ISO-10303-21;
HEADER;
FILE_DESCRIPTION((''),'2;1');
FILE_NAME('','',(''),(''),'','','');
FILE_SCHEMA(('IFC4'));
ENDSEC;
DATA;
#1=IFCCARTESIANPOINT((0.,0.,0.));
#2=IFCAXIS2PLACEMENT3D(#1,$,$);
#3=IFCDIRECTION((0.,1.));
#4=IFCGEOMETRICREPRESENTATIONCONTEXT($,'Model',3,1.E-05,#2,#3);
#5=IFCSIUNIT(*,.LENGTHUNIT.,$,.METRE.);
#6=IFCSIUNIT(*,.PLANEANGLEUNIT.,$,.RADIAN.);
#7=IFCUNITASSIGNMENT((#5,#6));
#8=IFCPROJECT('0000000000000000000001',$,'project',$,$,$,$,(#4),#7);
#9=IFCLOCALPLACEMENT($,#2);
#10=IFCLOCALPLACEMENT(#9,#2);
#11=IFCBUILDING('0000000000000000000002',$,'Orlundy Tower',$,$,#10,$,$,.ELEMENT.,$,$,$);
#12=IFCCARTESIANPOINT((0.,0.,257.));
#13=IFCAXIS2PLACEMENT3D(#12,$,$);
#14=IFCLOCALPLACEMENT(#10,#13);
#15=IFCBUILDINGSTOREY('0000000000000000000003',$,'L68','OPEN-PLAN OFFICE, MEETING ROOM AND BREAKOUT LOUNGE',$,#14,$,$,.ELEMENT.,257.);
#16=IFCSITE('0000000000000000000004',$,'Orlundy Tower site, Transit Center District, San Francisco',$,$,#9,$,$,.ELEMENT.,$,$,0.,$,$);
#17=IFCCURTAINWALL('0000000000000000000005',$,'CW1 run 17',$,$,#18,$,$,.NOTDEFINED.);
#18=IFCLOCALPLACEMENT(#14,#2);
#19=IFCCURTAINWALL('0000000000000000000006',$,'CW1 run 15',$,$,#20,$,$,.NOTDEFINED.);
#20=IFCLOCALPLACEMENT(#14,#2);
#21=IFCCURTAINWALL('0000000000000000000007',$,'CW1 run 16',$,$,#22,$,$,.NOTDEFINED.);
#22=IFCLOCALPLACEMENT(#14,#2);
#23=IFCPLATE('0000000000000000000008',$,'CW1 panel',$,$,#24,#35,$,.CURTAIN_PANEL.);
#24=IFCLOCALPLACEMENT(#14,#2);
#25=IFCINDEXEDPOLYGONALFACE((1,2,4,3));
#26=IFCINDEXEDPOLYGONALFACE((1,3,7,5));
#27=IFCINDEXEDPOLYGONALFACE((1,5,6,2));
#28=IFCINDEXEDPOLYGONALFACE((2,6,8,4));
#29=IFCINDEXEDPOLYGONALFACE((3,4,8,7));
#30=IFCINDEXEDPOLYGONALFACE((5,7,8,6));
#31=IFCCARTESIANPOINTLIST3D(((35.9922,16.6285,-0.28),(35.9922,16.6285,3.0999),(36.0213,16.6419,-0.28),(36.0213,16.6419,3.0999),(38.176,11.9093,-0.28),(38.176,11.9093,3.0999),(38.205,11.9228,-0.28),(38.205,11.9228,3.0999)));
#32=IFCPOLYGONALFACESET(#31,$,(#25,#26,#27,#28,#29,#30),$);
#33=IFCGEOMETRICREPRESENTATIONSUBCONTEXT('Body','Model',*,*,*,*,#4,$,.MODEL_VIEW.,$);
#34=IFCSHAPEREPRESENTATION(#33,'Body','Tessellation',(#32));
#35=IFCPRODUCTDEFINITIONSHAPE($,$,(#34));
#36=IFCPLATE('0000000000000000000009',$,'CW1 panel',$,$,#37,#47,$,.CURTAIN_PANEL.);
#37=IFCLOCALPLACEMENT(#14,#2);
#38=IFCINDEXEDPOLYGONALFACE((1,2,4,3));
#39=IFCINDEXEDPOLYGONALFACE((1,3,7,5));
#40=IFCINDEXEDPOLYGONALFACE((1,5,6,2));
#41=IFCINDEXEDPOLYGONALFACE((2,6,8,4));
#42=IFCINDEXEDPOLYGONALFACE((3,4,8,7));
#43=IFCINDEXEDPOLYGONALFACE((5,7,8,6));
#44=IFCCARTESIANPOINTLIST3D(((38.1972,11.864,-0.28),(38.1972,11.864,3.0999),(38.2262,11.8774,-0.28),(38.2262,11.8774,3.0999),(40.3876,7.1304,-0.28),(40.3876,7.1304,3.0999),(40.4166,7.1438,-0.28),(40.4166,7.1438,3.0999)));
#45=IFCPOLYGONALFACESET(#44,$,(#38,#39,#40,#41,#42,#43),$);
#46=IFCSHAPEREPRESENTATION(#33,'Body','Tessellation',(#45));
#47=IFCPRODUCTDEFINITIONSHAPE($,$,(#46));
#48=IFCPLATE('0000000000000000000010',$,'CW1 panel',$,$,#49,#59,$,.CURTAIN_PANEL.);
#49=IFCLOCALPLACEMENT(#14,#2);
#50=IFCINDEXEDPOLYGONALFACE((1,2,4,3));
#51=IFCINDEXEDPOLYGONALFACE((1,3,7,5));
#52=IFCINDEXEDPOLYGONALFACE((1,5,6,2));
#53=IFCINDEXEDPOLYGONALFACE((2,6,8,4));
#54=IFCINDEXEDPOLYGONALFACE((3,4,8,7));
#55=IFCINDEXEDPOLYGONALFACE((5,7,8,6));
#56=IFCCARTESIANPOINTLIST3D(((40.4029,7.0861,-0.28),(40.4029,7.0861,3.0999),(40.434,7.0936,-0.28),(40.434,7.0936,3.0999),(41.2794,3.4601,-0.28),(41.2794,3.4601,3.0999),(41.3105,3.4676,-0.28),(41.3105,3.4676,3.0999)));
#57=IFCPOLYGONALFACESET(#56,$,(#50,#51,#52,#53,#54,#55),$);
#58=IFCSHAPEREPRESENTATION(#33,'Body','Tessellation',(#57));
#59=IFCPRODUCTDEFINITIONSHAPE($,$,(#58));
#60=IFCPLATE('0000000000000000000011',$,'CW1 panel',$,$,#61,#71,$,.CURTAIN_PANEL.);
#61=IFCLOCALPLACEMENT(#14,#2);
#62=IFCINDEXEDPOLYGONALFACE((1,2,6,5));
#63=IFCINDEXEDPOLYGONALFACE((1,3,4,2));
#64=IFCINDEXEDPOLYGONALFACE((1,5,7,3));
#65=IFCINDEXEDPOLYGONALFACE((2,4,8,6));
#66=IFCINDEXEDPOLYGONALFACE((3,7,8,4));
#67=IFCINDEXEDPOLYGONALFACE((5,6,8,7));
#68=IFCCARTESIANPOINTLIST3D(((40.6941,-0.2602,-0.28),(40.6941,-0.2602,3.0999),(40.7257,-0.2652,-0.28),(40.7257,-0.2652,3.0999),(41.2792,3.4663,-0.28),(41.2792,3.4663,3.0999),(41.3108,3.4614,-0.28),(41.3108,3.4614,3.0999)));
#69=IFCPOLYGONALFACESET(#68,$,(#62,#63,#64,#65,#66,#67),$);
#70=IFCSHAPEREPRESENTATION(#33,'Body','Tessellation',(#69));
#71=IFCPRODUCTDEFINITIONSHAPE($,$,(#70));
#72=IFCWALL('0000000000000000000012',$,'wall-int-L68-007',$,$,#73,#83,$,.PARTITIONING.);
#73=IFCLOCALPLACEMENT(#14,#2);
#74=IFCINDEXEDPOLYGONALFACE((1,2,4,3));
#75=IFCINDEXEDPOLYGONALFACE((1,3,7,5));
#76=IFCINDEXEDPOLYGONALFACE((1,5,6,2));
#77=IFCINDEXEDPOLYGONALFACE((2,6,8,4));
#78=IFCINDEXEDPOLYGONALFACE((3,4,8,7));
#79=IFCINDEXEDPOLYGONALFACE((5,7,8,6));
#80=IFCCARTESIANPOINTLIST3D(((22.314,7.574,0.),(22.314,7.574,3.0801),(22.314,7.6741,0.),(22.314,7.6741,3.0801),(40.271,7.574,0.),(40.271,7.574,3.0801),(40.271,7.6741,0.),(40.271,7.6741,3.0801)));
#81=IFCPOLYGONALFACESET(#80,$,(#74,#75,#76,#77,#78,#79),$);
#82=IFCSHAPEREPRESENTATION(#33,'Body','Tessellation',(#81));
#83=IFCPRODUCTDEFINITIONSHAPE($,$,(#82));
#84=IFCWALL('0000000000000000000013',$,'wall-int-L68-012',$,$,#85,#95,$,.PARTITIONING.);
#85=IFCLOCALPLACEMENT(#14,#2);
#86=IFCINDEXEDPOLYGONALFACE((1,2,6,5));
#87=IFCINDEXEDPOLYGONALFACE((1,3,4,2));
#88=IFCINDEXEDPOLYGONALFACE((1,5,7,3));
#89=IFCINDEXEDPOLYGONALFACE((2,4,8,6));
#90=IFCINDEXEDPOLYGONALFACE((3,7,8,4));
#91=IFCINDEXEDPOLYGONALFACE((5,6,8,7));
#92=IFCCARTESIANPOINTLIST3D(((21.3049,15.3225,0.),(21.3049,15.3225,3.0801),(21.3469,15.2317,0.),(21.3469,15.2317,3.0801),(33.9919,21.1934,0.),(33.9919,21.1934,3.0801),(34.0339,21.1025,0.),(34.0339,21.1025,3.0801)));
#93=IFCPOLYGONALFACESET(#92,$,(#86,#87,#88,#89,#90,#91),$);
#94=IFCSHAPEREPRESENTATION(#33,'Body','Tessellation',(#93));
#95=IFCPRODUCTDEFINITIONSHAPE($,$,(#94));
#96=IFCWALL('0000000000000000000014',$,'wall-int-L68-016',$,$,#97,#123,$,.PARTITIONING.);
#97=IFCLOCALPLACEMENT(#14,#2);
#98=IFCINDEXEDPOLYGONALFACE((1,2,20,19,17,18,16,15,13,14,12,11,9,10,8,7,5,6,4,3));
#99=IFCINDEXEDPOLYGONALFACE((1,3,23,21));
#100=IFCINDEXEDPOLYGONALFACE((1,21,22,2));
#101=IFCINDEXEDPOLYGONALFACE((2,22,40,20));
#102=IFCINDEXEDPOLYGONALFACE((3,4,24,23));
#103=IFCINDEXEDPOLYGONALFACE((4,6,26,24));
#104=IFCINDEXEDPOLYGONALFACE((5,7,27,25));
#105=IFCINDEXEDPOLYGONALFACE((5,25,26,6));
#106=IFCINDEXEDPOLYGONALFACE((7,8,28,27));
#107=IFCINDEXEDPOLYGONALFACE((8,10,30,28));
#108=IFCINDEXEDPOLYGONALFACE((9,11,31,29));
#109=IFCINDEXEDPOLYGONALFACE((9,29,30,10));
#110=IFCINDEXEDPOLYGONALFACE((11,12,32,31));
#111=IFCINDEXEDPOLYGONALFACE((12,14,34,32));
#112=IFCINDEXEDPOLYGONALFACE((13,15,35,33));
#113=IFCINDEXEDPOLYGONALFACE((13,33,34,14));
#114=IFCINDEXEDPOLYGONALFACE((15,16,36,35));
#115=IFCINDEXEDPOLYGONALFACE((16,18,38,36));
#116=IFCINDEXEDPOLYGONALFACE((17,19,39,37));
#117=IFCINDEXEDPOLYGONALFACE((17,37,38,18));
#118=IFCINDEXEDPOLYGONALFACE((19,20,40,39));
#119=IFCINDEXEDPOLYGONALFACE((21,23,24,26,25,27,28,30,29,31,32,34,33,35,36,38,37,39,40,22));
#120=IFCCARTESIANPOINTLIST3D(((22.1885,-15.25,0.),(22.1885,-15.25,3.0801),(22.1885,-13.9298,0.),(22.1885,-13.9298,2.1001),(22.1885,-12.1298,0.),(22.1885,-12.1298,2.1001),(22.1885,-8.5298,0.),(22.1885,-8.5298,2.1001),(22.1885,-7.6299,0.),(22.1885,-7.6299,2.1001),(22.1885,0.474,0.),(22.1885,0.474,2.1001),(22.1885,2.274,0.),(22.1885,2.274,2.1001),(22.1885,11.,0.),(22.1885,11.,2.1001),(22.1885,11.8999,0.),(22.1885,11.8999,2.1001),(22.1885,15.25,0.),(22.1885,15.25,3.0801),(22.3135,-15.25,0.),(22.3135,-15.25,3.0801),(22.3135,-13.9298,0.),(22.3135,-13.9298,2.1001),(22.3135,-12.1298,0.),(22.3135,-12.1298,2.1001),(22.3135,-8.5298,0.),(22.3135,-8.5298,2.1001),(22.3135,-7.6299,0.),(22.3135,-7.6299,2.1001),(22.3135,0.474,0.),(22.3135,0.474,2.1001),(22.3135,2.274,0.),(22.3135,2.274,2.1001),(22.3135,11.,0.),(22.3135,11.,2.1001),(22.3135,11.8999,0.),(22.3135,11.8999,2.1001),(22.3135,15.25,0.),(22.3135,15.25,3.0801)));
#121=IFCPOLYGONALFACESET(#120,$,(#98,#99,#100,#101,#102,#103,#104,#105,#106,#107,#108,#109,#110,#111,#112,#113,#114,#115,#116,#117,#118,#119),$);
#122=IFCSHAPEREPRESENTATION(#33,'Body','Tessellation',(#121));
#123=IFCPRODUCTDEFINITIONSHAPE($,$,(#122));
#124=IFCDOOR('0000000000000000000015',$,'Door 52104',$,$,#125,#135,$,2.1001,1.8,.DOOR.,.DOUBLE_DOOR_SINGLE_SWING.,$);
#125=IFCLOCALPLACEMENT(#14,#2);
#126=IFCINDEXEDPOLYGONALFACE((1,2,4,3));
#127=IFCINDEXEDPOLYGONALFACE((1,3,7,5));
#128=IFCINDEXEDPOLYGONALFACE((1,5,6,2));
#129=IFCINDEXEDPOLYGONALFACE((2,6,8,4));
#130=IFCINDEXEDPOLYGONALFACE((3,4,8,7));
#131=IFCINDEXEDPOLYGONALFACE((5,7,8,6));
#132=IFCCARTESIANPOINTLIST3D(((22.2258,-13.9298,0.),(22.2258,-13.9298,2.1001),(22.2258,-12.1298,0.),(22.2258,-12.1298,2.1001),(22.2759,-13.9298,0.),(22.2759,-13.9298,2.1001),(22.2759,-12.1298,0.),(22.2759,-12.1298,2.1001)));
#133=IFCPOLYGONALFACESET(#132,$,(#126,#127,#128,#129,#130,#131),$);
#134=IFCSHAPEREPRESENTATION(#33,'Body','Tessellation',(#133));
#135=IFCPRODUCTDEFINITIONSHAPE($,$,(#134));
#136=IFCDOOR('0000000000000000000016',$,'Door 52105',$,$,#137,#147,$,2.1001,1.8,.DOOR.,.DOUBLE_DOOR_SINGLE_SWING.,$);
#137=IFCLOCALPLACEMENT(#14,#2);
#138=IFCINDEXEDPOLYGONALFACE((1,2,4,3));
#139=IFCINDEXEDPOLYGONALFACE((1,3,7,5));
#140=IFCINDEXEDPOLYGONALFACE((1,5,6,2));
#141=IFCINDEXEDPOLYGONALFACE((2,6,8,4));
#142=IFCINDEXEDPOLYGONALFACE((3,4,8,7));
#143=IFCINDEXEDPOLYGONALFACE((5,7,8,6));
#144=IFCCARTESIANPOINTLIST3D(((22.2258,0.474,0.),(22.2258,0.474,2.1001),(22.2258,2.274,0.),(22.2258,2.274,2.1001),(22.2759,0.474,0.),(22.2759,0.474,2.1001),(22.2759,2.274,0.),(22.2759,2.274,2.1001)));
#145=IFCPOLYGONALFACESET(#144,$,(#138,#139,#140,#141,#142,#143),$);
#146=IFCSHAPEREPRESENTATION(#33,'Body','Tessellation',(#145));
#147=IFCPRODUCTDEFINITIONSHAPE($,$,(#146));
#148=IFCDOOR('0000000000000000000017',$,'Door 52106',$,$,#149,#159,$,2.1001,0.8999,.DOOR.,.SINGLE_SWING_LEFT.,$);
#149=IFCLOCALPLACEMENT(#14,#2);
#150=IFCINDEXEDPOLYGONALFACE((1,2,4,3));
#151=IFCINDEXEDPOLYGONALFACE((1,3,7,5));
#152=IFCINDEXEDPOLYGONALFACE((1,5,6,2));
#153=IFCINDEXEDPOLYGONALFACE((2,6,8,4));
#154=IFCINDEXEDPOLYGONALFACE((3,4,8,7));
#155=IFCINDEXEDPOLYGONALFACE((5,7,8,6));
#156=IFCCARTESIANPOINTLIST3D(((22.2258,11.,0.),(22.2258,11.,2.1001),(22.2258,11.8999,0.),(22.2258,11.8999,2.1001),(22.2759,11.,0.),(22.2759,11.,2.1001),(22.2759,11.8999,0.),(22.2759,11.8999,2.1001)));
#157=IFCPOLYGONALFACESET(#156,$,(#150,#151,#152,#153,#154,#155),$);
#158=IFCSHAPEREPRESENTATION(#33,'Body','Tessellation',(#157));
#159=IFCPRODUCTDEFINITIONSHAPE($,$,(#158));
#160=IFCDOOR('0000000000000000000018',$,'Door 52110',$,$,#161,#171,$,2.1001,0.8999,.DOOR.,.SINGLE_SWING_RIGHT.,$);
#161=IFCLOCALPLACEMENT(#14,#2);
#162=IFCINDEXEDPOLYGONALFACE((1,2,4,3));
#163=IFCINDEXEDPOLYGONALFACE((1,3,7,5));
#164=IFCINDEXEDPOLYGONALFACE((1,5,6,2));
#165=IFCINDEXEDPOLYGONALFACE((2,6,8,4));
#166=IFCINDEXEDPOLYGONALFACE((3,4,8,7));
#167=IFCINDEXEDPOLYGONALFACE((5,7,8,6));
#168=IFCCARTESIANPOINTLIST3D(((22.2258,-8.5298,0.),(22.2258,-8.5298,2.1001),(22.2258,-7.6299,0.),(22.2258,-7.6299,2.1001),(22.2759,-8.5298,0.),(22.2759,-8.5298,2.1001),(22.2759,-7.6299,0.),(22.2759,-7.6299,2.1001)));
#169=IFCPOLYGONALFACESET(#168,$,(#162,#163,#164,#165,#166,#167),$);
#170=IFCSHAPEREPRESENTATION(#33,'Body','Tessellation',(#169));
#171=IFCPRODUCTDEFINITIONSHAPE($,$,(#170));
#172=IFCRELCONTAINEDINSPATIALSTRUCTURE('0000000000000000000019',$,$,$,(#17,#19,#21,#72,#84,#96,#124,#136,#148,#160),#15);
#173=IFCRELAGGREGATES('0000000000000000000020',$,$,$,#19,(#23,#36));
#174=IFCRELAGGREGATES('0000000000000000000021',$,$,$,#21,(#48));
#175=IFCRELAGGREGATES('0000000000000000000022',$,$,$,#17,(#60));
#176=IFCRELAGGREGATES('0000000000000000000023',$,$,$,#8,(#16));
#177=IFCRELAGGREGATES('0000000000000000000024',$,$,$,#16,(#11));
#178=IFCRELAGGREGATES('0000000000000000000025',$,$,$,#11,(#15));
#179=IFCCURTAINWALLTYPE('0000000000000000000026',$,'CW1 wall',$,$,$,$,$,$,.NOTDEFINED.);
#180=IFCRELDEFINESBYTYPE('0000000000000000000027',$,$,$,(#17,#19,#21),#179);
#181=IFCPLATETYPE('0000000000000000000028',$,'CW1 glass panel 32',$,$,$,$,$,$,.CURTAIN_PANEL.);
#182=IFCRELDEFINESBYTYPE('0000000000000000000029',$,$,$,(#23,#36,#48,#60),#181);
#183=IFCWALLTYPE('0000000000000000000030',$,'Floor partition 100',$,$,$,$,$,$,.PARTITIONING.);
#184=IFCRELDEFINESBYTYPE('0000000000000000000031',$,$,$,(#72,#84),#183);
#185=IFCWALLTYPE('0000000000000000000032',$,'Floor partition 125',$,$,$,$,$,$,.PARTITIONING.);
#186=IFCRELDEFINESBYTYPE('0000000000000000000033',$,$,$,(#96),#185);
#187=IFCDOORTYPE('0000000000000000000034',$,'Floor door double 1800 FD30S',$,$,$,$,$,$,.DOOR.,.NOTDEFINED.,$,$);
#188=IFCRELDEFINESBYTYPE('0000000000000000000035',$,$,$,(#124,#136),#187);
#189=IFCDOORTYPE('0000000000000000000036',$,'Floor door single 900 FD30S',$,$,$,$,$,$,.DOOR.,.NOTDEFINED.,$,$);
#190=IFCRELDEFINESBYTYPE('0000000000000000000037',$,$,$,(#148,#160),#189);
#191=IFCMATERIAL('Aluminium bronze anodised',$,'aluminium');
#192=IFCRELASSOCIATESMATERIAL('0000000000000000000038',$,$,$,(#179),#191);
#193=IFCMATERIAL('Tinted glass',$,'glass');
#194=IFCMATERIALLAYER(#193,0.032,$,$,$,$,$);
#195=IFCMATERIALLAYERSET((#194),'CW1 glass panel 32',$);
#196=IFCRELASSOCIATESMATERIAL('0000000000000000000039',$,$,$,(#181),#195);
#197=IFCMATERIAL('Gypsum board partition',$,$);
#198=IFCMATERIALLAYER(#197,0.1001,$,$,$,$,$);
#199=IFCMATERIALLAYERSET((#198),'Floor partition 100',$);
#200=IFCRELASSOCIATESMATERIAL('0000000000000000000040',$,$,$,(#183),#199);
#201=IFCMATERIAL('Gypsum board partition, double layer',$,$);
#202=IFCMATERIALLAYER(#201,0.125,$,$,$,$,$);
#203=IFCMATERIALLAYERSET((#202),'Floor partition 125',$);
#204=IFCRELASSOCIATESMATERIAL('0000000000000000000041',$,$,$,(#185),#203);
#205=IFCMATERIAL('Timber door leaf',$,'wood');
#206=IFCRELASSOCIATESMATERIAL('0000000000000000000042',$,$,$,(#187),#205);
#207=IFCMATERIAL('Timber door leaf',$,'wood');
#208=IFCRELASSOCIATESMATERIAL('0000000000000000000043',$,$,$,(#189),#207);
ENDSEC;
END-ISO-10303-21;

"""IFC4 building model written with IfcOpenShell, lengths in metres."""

from ifc_helpers import new_model, si_unit, direction, frame, frame_2d, origin, origin_2d, place, context, subcontext, project, spatial, rectangle, extrude, material, layer, layer_set, type_object, element, fill, aggregate, save


model = new_model("IFC4")

# Units and contexts
model_context = context("Model", 3, precision=1e-05, world=origin(), true_north=direction((0.0, 1.0)))
body_context = subcontext(model_context, "Body", "Model", "MODEL_VIEW")
ifc_project = project(units=[si_unit("LENGTHUNIT", "METRE"), si_unit("PLANEANGLEUNIT", "RADIAN")], contexts=[model_context])

# Site, building, storey
site_placement = place(None, origin())
site = spatial("IfcSite", under=ifc_project, at=site_placement, Name="Orlundy Tower site, Transit Center District, San Francisco", CompositionType="ELEMENT", RefElevation=0.0)
building_placement = place(site_placement, origin())
building = spatial("IfcBuilding", under=site, at=building_placement, Name="Orlundy Tower", CompositionType="ELEMENT")
storey_placement = place(building_placement, frame((0.0, 0.0, 257.0)))
storey = spatial("IfcBuildingStorey", under=building, at=storey_placement, Name="L68", Description="OPEN-PLAN OFFICE, MEETING ROOM AND BREAKOUT LOUNGE", CompositionType="ELEMENT", Elevation=257.0)

# Curtain wall
ifc_material_1 = material(Name="Aluminium bronze anodised", Category="aluminium")
curtain_wall_type = type_object("IfcCurtainWallType", Name="CW1 wall", PredefinedType="NOTDEFINED", material=ifc_material_1)
curtain_wall_1_placement = place(storey_placement, origin())
curtain_wall_1 = element("IfcCurtainWall", 1, at=curtain_wall_1_placement, inside=storey, type_object=curtain_wall_type, Name="CW1 run 17", PredefinedType="NOTDEFINED")

# Curtain wall
curtain_wall_2_placement = place(storey_placement, origin())
curtain_wall_2 = element("IfcCurtainWall", 2, at=curtain_wall_2_placement, inside=storey, type_object=curtain_wall_type, Name="CW1 run 15", PredefinedType="NOTDEFINED")

# Curtain wall
curtain_wall_3_placement = place(storey_placement, origin())
curtain_wall_3 = element("IfcCurtainWall", 3, at=curtain_wall_3_placement, inside=storey, type_object=curtain_wall_type, Name="CW1 run 16", PredefinedType="NOTDEFINED")

# Plates
ifc_material_2 = material(Name="Tinted glass", Category="glass")
ifc_layer_1 = layer(ifc_material_2, 0.032)
ifc_layer_set_1 = layer_set([ifc_layer_1], Name="CW1 glass panel 32")
plate_type = type_object("IfcPlateType", Name="CW1 glass panel 32", PredefinedType="CURTAIN_PANEL", material=ifc_layer_set_1)
plate_1_placement = place(storey_placement, frame((37.0986, 14.2756, -0.28), z_axis=(0.0, 0.0, 1.0), x_axis=(0.419961, -0.907542, 0.0)))
plate_1 = element("IfcPlate", 4, at=plate_1_placement, type_object=plate_type, Name="CW1 panel", PredefinedType="CURTAIN_PANEL", context=body_context, shape_type="SweptSolid", body=[
    extrude(rectangle(XDim=5.2, YDim=0.032, at=origin_2d()), origin(), (0.0, 0.0, 1.0), 3.3799),
])
plate_2_placement = place(storey_placement, frame((39.3069, 9.5039, -0.28), z_axis=(0.0, 0.0, 1.0), x_axis=(0.419961, -0.907542, 0.0)))
plate_2 = element("IfcPlate", 5, at=plate_2_placement, type_object=plate_type, Name="CW1 panel", PredefinedType="CURTAIN_PANEL", context=body_context, shape_type="SweptSolid", body=[
    extrude(rectangle(XDim=5.2158, YDim=0.032, at=origin_2d()), origin(), (0.0, 0.0, 1.0), 3.3799),
])
aggregate(curtain_wall_2, [plate_1, plate_2])
plate_3_placement = place(storey_placement, frame((40.8567, 5.2769, -0.28), z_axis=(0.0, 0.0, 1.0), x_axis=(0.234975, -0.972002, 0.0)))
plate_3 = element("IfcPlate", 6, at=plate_3_placement, type_object=plate_type, Name="CW1 panel", PredefinedType="CURTAIN_PANEL", context=body_context, shape_type="SweptSolid", body=[
    extrude(rectangle(XDim=3.7305, YDim=0.032, at=origin_2d()), origin(), (0.0, 0.0, 1.0), 3.3799),
])
aggregate(curtain_wall_3, [plate_3])
plate_4_placement = place(storey_placement, frame((41.0024, 1.6006, -0.28), z_axis=(0.0, 0.0, 1.0), x_axis=(-0.155117, -0.987896, 0.0)))
plate_4 = element("IfcPlate", 7, at=plate_4_placement, type_object=plate_type, Name="CW1 panel", PredefinedType="CURTAIN_PANEL", context=body_context, shape_type="SweptSolid", body=[
    extrude(rectangle(XDim=3.7722, YDim=0.032, at=origin_2d()), origin(), (0.0, 0.0, 1.0), 3.3799),
])
aggregate(curtain_wall_1, [plate_4])

# Walls
ifc_material_3 = material(Name="Gypsum board partition")
ifc_layer_2 = layer(ifc_material_3, 0.1001)
ifc_layer_set_2 = layer_set([ifc_layer_2], Name="Floor partition 100")
wall_type_1 = type_object("IfcWallType", Name="Floor partition 100", PredefinedType="PARTITIONING", material=ifc_layer_set_2)
wall_1_placement = place(storey_placement, frame((22.314, 7.624, 0.0), z_axis=(0.0, 0.0, 1.0), x_axis=(1.0, 0.0, 0.0)))
element("IfcWall", 8, at=wall_1_placement, inside=storey, type_object=wall_type_1, Name="wall-int-L68-007", PredefinedType="PARTITIONING", context=body_context, shape_type="SweptSolid", body=[
    extrude(rectangle(XDim=17.957, YDim=0.1001, at=frame_2d((8.9785, 0.0))), origin(), (0.0, 0.0, 1.0), 3.0801),
])
wall_2_placement = place(storey_placement, frame((21.3259, 15.2771, 0.0), z_axis=(0.0, 0.0, 1.0), x_axis=(0.907542, 0.419961, 0.0)))
element("IfcWall", 9, at=wall_2_placement, inside=storey, type_object=wall_type_1, Name="wall-int-L68-012", PredefinedType="PARTITIONING", context=body_context, shape_type="SweptSolid", body=[
    extrude(rectangle(XDim=13.9795, YDim=0.1001, at=frame_2d((6.9897, 0.0))), origin(), (0.0, 0.0, 1.0), 3.0801),
])

# Wall, openings, doors
ifc_material_4 = material(Name="Gypsum board partition, double layer")
ifc_layer_3 = layer(ifc_material_4, 0.125)
ifc_layer_set_3 = layer_set([ifc_layer_3], Name="Floor partition 125")
wall_type_2 = type_object("IfcWallType", Name="Floor partition 125", PredefinedType="PARTITIONING", material=ifc_layer_set_3)
wall_3_placement = place(storey_placement, frame((22.251, 15.25, 0.0), z_axis=(0.0, 0.0, 1.0), x_axis=(0.0, -1.0, 0.0)))
wall_3 = element("IfcWall", 10, at=wall_3_placement, inside=storey, type_object=wall_type_2, Name="wall-int-L68-016", PredefinedType="PARTITIONING", context=body_context, shape_type="SweptSolid", body=[
    extrude(rectangle(XDim=30.5, YDim=0.125, at=frame_2d((15.25, 0.0))), origin(), (0.0, 0.0, 1.0), 3.0801),
])
opening_1_placement = place(wall_3_placement, frame((27.3799, 0.0, 0.0)))
opening_1 = element("IfcOpeningElement", 11, at=opening_1_placement, cuts=wall_3, PredefinedType="OPENING", context=body_context, shape_type="SweptSolid", body=[
    extrude(rectangle(XDim=1.8, YDim=2.1001, at=frame_2d((0.8999, 1.05))), frame((0.0, 0.0725, 0.0), z_axis=(0.0, -1.0, 0.0), x_axis=(1.0, 0.0, 0.0)), (0.0, 0.0, 1.0), 0.145),
])
opening_2_placement = place(wall_3_placement, frame((12.9761, 0.0, 0.0)))
opening_2 = element("IfcOpeningElement", 12, at=opening_2_placement, cuts=wall_3, PredefinedType="OPENING", context=body_context, shape_type="SweptSolid", body=[
    extrude(rectangle(XDim=1.8, YDim=2.1001, at=frame_2d((0.8999, 1.05))), frame((0.0, 0.0725, 0.0), z_axis=(0.0, -1.0, 0.0), x_axis=(1.0, 0.0, 0.0)), (0.0, 0.0, 1.0), 0.145),
])
opening_3_placement = place(wall_3_placement, frame((3.3501, 0.0, 0.0)))
opening_3 = element("IfcOpeningElement", 13, at=opening_3_placement, cuts=wall_3, PredefinedType="OPENING", context=body_context, shape_type="SweptSolid", body=[
    extrude(rectangle(XDim=0.8999, YDim=2.1001, at=frame_2d((0.45, 1.05))), frame((0.0, 0.0725, 0.0), z_axis=(0.0, -1.0, 0.0), x_axis=(1.0, 0.0, 0.0)), (0.0, 0.0, 1.0), 0.145),
])
opening_4_placement = place(wall_3_placement, frame((22.8799, 0.0, 0.0)))
opening_4 = element("IfcOpeningElement", 14, at=opening_4_placement, cuts=wall_3, PredefinedType="OPENING", context=body_context, shape_type="SweptSolid", body=[
    extrude(rectangle(XDim=0.8999, YDim=2.1001, at=frame_2d((0.45, 1.05))), frame((0.0, 0.0725, 0.0), z_axis=(0.0, -1.0, 0.0), x_axis=(1.0, 0.0, 0.0)), (0.0, 0.0, 1.0), 0.145),
])
ifc_material_5 = material(Name="Timber door leaf", Category="wood")
door_type_1 = type_object("IfcDoorType", Name="Floor door double 1800 FD30S", OperationType="NOTDEFINED", PredefinedType="DOOR", material=ifc_material_5)
door_1_placement = place(opening_1_placement, origin())
door_1 = element("IfcDoor", 15, at=door_1_placement, inside=storey, type_object=door_type_1, Name="Door 52104", OperationType="DOUBLE_DOOR_SINGLE_SWING", OverallHeight=2.1001, OverallWidth=1.8, PredefinedType="DOOR", context=body_context, shape_type="SweptSolid", body=[
    extrude(rectangle(XDim=1.8, YDim=2.1001, at=frame_2d((0.8999, 1.05))), frame((0.0, 0.0249, 0.0), z_axis=(0.0, -1.0, 0.0), x_axis=(1.0, 0.0, 0.0)), (0.0, 0.0, 1.0), 0.05),
])
fill(opening_1, door_1)
door_2_placement = place(opening_2_placement, origin())
door_2 = element("IfcDoor", 16, at=door_2_placement, inside=storey, type_object=door_type_1, Name="Door 52105", OperationType="DOUBLE_DOOR_SINGLE_SWING", OverallHeight=2.1001, OverallWidth=1.8, PredefinedType="DOOR", context=body_context, shape_type="SweptSolid", body=[
    extrude(rectangle(XDim=1.8, YDim=2.1001, at=frame_2d((0.8999, 1.05))), frame((0.0, 0.0249, 0.0), z_axis=(0.0, -1.0, 0.0), x_axis=(1.0, 0.0, 0.0)), (0.0, 0.0, 1.0), 0.05),
])
fill(opening_2, door_2)
ifc_material_6 = material(Name="Timber door leaf", Category="wood")
door_type_2 = type_object("IfcDoorType", Name="Floor door single 900 FD30S", OperationType="NOTDEFINED", PredefinedType="DOOR", material=ifc_material_6)
door_3_placement = place(opening_3_placement, origin())
door_3 = element("IfcDoor", 17, at=door_3_placement, inside=storey, type_object=door_type_2, Name="Door 52106", OperationType="SINGLE_SWING_LEFT", OverallHeight=2.1001, OverallWidth=0.8999, PredefinedType="DOOR", context=body_context, shape_type="SweptSolid", body=[
    extrude(rectangle(XDim=0.8999, YDim=2.1001, at=frame_2d((0.45, 1.05))), frame((0.0, 0.0249, 0.0), z_axis=(0.0, -1.0, 0.0), x_axis=(1.0, 0.0, 0.0)), (0.0, 0.0, 1.0), 0.05),
])
fill(opening_3, door_3)
door_4_placement = place(opening_4_placement, origin())
door_4 = element("IfcDoor", 18, at=door_4_placement, inside=storey, type_object=door_type_2, Name="Door 52110", OperationType="SINGLE_SWING_RIGHT", OverallHeight=2.1001, OverallWidth=0.8999, PredefinedType="DOOR", context=body_context, shape_type="SweptSolid", body=[
    extrude(rectangle(XDim=0.8999, YDim=2.1001, at=frame_2d((0.45, 1.05))), frame((0.0, 0.0249, 0.0), z_axis=(0.0, -1.0, 0.0), x_axis=(1.0, 0.0, 0.0)), (0.0, 0.0, 1.0), 0.05),
])
fill(opening_4, door_4)

save(model, "model.ifc")
